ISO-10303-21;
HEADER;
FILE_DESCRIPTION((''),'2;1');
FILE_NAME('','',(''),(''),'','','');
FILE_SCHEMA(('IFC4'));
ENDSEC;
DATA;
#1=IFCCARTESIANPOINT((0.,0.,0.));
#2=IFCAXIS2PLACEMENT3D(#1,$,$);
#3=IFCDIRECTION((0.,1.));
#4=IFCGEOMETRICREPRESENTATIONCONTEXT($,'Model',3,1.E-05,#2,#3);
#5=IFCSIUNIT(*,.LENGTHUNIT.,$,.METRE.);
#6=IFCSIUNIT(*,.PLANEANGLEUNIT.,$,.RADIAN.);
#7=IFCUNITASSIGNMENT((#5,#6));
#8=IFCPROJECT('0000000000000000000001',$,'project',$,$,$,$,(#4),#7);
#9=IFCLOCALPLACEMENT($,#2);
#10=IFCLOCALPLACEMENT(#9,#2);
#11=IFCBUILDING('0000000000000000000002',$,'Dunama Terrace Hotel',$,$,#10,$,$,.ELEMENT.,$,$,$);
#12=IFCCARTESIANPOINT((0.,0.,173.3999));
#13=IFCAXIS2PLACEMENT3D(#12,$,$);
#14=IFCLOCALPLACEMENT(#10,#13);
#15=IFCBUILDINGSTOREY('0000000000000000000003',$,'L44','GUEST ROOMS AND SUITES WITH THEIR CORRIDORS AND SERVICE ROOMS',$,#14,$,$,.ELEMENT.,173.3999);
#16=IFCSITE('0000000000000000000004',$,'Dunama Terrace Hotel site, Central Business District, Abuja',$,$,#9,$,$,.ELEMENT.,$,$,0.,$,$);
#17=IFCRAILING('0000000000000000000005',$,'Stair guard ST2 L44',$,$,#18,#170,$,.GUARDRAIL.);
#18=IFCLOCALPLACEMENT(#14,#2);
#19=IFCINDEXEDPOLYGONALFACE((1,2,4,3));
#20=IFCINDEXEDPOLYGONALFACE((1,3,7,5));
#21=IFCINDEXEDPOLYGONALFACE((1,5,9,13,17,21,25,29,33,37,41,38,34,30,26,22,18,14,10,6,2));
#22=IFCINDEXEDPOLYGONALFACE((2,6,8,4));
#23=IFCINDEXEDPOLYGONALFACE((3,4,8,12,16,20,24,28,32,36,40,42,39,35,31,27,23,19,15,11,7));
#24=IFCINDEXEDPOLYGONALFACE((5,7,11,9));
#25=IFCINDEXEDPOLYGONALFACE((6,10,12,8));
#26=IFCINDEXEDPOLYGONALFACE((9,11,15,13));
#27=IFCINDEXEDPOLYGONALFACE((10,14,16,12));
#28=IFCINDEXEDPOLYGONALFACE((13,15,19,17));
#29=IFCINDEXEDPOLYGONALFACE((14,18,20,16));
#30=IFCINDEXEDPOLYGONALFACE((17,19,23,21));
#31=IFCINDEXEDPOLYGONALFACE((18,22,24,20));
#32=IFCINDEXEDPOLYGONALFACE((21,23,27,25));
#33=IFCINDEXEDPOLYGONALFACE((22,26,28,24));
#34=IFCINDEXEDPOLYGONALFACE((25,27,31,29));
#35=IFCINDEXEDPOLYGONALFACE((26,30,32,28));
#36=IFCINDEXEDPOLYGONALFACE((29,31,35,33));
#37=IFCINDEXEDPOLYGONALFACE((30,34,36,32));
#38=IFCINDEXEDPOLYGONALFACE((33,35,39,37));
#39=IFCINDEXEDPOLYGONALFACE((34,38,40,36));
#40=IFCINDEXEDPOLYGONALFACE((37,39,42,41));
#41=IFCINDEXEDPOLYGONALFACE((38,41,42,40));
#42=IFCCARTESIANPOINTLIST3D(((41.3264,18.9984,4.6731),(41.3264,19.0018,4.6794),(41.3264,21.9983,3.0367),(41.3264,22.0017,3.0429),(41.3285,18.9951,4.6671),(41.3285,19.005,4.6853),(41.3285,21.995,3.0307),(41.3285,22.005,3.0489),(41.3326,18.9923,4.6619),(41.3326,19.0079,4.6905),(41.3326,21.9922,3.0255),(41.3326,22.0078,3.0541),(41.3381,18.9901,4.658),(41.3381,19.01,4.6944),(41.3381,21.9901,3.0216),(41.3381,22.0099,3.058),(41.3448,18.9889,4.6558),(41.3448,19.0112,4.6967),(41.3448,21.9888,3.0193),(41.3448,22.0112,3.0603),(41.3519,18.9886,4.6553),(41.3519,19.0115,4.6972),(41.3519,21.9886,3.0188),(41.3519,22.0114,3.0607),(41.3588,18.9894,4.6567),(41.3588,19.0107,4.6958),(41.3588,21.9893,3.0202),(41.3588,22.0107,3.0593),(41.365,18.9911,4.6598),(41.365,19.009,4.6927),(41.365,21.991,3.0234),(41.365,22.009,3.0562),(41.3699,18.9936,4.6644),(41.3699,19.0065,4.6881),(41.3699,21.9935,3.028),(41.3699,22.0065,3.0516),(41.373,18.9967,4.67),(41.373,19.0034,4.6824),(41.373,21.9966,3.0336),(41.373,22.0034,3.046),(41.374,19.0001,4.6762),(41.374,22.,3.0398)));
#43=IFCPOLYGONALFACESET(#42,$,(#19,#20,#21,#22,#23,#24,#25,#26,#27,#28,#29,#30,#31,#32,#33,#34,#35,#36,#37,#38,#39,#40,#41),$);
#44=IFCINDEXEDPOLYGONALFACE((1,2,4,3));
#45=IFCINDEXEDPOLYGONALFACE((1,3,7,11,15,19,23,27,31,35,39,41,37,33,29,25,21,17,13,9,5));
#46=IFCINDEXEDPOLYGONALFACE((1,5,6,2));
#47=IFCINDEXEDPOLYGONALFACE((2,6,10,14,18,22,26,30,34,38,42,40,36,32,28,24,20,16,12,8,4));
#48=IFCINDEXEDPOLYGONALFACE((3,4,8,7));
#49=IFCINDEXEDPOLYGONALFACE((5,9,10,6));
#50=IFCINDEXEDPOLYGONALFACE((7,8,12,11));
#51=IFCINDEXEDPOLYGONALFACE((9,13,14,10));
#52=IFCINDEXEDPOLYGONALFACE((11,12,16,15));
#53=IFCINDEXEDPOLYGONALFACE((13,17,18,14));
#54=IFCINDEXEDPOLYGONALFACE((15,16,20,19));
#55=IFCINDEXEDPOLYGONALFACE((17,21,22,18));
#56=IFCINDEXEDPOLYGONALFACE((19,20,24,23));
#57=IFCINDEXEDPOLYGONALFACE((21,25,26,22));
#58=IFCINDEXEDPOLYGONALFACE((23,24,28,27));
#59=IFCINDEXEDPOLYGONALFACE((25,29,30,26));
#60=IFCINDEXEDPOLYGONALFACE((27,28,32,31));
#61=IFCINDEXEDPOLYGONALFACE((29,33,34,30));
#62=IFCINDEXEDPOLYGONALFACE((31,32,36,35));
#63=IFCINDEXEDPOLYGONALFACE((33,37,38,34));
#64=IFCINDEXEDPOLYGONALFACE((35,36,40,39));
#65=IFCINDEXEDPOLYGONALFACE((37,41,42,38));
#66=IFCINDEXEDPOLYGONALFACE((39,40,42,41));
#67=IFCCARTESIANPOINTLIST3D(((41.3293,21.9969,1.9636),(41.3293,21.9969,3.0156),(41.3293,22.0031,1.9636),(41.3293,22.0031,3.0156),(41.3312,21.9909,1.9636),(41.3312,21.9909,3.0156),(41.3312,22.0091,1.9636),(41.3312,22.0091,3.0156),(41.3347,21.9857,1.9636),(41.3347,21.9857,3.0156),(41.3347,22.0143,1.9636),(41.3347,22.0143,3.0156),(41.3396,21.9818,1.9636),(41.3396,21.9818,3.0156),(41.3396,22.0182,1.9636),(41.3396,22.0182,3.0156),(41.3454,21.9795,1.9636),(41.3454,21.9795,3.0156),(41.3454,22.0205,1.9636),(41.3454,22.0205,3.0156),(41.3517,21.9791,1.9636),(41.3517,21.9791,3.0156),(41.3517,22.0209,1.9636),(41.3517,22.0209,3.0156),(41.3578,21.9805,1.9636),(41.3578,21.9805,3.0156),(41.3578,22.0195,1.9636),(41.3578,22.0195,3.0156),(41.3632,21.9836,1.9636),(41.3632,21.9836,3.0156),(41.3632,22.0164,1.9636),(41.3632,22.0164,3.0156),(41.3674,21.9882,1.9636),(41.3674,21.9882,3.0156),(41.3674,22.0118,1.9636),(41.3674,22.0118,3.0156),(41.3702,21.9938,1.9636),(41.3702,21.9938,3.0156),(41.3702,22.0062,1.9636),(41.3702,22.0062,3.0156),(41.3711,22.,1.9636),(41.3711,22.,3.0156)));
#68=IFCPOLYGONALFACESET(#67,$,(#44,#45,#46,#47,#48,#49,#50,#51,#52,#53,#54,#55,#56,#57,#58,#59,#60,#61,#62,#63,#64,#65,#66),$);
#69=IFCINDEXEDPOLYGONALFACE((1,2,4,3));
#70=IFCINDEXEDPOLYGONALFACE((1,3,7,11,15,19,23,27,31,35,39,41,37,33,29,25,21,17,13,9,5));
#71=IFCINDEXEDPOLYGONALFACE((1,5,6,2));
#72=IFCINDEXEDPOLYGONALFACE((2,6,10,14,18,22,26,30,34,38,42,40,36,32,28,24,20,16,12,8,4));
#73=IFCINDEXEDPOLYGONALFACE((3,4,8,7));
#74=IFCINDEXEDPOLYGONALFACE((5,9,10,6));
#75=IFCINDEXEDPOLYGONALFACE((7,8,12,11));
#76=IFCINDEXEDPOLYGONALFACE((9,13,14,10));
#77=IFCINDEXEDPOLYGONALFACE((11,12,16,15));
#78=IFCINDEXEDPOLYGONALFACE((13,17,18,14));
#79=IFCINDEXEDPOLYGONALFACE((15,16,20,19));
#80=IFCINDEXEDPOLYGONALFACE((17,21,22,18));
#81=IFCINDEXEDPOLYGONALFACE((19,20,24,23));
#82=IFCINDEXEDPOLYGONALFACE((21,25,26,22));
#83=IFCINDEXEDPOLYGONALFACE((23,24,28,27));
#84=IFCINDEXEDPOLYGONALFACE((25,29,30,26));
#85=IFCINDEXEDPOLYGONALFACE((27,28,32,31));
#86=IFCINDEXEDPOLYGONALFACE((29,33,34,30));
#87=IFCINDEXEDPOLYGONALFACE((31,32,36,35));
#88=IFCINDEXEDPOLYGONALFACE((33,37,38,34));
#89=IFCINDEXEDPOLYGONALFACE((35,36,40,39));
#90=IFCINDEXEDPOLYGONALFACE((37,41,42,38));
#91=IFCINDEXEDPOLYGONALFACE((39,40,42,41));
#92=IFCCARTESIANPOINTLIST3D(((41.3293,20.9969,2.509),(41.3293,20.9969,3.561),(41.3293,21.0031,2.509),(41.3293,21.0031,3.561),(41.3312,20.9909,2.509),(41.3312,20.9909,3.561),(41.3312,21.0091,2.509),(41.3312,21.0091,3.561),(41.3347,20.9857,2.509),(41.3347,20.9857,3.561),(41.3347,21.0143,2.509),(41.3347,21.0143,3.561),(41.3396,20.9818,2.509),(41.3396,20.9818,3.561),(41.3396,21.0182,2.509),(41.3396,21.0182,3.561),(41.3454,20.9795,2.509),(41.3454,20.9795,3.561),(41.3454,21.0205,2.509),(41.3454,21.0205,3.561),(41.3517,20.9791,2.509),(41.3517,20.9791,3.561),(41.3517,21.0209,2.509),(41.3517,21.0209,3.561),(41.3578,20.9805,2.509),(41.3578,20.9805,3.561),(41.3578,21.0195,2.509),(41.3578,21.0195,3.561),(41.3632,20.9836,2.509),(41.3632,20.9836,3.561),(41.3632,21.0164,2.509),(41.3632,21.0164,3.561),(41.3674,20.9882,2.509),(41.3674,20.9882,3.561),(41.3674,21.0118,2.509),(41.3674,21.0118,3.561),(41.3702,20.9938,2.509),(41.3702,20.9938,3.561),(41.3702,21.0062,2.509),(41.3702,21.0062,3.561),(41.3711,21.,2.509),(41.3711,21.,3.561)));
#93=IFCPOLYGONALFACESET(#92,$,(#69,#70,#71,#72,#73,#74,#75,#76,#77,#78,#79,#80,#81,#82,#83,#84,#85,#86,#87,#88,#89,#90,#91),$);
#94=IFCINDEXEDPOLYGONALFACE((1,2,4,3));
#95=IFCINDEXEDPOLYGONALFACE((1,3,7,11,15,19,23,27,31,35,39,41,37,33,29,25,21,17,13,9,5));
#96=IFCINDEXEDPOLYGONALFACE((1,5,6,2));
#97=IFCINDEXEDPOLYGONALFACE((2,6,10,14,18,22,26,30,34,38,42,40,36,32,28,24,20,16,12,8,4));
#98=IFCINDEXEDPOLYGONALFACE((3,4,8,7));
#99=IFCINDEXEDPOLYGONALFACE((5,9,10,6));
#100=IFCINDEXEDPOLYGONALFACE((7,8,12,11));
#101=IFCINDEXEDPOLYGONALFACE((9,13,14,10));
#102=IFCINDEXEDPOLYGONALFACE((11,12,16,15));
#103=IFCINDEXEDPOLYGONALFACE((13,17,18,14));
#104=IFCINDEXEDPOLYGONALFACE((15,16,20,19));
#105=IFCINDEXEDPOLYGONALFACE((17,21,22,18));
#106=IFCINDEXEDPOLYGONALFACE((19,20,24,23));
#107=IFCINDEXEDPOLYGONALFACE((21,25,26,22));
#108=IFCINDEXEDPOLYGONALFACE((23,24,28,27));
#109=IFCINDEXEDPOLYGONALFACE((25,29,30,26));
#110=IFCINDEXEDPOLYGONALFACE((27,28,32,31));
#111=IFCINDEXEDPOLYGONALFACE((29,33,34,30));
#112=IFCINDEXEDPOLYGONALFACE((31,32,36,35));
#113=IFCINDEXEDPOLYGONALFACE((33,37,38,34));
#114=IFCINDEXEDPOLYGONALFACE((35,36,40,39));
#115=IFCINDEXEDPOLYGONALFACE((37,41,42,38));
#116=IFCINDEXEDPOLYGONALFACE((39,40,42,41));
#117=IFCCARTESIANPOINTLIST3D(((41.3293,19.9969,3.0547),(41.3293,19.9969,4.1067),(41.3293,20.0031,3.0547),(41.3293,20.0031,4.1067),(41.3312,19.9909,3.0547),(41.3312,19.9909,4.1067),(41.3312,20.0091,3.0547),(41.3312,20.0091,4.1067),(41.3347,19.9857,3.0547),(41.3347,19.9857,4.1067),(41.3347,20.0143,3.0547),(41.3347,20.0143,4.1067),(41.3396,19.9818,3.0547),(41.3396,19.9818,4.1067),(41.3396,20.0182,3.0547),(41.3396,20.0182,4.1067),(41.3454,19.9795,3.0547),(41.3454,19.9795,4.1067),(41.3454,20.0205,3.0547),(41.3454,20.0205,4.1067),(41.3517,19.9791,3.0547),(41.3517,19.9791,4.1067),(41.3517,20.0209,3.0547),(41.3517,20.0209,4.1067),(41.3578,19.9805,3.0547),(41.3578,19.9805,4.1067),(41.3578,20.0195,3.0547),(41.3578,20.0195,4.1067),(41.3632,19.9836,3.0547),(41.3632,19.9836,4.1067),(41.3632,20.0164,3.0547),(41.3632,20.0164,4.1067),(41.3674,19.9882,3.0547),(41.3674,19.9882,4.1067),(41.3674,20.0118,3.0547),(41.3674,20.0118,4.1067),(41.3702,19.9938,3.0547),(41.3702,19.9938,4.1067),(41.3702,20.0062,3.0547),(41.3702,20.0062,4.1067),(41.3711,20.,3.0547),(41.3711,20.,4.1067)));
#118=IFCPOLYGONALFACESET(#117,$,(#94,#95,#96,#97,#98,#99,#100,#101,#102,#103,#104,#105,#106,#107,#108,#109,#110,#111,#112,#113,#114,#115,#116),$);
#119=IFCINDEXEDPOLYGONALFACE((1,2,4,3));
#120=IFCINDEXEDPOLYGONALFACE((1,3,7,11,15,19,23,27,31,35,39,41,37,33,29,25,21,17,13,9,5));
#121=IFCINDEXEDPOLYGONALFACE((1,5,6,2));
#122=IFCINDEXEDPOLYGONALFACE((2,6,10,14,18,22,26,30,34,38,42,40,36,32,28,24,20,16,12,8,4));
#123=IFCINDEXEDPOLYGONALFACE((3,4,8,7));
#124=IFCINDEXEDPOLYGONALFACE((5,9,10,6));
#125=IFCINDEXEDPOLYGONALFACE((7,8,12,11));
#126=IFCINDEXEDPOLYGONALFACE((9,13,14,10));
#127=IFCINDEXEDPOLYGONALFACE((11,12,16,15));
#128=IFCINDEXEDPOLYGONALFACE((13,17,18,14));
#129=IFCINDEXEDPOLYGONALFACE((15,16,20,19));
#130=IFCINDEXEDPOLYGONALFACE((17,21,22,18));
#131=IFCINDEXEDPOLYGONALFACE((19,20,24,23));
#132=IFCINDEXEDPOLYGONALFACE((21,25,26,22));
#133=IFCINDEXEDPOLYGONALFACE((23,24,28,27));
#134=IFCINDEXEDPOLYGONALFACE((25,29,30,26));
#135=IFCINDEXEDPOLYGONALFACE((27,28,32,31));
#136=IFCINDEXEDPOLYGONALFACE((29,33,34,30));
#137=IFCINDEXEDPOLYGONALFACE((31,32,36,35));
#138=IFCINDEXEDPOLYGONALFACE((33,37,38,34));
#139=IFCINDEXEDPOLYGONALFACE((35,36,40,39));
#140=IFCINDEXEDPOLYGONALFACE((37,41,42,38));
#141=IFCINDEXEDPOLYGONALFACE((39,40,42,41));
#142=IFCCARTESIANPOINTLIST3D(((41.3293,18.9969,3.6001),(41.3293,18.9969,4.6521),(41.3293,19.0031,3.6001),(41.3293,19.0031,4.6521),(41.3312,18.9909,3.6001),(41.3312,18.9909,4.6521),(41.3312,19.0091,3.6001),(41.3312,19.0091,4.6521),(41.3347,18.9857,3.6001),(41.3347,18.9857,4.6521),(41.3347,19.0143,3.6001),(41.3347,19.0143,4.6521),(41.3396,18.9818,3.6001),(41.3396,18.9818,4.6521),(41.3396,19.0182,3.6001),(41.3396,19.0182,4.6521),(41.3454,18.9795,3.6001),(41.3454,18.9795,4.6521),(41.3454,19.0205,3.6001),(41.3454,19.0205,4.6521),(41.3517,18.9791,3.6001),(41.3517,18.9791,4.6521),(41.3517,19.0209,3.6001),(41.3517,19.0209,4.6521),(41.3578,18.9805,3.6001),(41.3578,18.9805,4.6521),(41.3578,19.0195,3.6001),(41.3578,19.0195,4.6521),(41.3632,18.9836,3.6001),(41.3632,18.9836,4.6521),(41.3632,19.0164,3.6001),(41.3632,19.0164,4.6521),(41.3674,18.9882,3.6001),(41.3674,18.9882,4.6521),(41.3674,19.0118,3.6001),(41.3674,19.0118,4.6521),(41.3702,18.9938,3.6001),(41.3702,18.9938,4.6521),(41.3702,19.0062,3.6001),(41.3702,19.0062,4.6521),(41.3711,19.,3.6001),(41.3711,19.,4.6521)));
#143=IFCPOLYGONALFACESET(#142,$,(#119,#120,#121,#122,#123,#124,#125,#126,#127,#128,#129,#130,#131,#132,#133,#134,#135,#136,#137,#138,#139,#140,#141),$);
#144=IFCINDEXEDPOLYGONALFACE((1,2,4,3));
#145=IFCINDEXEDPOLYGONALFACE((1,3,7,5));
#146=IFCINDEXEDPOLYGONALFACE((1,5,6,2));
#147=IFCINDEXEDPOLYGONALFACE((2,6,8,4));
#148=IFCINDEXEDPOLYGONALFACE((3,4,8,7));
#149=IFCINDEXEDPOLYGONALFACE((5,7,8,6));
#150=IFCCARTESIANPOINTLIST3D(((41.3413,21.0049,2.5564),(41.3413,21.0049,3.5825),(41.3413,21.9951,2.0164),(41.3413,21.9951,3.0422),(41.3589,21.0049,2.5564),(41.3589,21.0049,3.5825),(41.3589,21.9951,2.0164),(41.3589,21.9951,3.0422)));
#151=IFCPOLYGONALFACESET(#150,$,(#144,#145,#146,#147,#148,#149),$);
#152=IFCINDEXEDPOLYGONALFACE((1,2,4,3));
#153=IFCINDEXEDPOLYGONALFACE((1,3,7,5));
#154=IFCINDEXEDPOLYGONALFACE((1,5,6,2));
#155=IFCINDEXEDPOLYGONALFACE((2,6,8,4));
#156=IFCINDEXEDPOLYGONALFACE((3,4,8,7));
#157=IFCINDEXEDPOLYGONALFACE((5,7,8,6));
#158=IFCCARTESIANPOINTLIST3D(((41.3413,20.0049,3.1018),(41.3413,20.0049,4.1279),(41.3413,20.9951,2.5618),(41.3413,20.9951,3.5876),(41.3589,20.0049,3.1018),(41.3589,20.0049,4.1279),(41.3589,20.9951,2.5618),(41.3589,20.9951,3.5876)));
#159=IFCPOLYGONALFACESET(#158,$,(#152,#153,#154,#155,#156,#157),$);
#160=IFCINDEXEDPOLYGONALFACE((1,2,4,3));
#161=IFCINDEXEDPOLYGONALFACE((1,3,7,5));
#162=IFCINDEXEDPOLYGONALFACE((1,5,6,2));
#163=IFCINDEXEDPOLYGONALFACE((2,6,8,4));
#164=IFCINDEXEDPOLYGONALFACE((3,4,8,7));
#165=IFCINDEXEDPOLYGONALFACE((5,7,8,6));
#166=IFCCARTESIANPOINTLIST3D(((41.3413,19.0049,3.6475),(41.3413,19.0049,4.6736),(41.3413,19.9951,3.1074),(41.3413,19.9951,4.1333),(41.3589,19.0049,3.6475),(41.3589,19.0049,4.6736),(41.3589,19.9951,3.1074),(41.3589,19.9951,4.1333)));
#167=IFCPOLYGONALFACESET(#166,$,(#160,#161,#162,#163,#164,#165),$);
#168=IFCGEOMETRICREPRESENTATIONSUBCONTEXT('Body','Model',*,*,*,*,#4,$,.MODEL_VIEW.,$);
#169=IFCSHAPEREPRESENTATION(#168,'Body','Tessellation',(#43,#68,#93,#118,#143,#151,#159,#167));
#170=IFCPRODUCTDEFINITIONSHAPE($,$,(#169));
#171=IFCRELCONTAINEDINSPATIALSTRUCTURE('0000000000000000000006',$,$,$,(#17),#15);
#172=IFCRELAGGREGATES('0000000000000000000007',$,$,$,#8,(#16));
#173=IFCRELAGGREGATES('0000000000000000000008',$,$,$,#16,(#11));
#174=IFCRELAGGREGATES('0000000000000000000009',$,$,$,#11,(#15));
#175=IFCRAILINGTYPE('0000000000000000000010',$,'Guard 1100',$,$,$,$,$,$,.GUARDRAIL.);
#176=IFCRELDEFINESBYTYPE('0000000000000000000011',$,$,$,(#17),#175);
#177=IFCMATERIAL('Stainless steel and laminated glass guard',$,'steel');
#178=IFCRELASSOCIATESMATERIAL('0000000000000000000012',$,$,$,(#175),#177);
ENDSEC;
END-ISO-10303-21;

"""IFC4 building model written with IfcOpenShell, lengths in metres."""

from ifc_helpers import new_model, si_unit, direction, frame, origin, origin_2d, place, context, subcontext, project, spatial, polyline, circle, outline, extrude, material, type_object, element, save


model = new_model("IFC4")

# Units and contexts
model_context = context("Model", 3, precision=1e-05, world=origin(), true_north=direction((0.0, 1.0)))
body_context = subcontext(model_context, "Body", "Model", "MODEL_VIEW")
ifc_project = project(units=[si_unit("LENGTHUNIT", "METRE"), si_unit("PLANEANGLEUNIT", "RADIAN")], contexts=[model_context])

# Site, building, storey
site_placement = place(None, origin())
site = spatial("IfcSite", under=ifc_project, at=site_placement, Name="Dunama Terrace Hotel site, Central Business District, Abuja", CompositionType="ELEMENT", RefElevation=0.0)
building_placement = place(site_placement, origin())
building = spatial("IfcBuilding", under=site, at=building_placement, Name="Dunama Terrace Hotel", CompositionType="ELEMENT")
storey_placement = place(building_placement, frame((0.0, 0.0, 173.3999)))
storey = spatial("IfcBuildingStorey", under=building, at=storey_placement, Name="L44", Description="GUEST ROOMS AND SUITES WITH THEIR CORRIDORS AND SERVICE ROOMS", CompositionType="ELEMENT", Elevation=173.3999)

# Railing
ifc_material_1 = material(Name="Stainless steel and laminated glass guard", Category="steel")
railing_type_1 = type_object("IfcRailingType", Name="Guard 1100", PredefinedType="GUARDRAIL", material=ifc_material_1)
railing_1_placement = place(storey_placement, frame((41.3501, 22.0, 1.9636)))
element("IfcRailing", 1, at=railing_1_placement, inside=storey, type_object=railing_type_1, Name="Stair guard ST2 L44", PredefinedType="GUARDRAIL", context=body_context, shape_type="SweptSolid", body=[
    extrude(circle(Radius=0.0239, at=origin_2d()), frame((0.0, 0.0, 1.0762), z_axis=(0.0, -0.877882, 0.478877), x_axis=(1.0, 0.0, 0.0)), (0.0, 0.0, 1.0), 3.4172),
    extrude(circle(Radius=0.021, at=origin_2d()), origin(), (0.0, 0.0, 1.0), 1.052),
    extrude(circle(Radius=0.021, at=origin_2d()), frame((0.0, -1.0, 0.5454)), (0.0, 0.0, 1.0), 1.052),
    extrude(circle(Radius=0.021, at=origin_2d()), frame((0.0, -2.0, 1.0911)), (0.0, 0.0, 1.0), 1.052),
    extrude(circle(Radius=0.021, at=origin_2d()), frame((0.0, -3.0, 1.6365)), (0.0, 0.0, 1.0), 1.052),
    extrude(outline(polyline([(0.0049, 0.0527), (0.9951, 0.5928), (0.9951, 1.6189), (0.0049, 1.0786), (0.0049, 0.0527)])), frame((0.0088, 0.0, 0.0), z_axis=(-1.0, 0.0, 0.0), x_axis=(0.0, -1.0, 0.0)), (0.0, 0.0, 1.0), 0.0176),
    extrude(outline(polyline([(0.0049, 0.0527), (0.9951, 0.5928), (0.9951, 1.6189), (0.0049, 1.0786), (0.0049, 0.0527)])), frame((0.0088, -1.0, 0.5454), z_axis=(-1.0, 0.0, 0.0), x_axis=(0.0, -1.0, 0.0)), (0.0, 0.0, 1.0), 0.0176),
    extrude(outline(polyline([(0.0049, 0.0527), (0.9951, 0.5928), (0.9951, 1.6189), (0.0049, 1.0786), (0.0049, 0.0527)])), frame((0.0088, -2.0, 1.0911), z_axis=(-1.0, 0.0, 0.0), x_axis=(0.0, -1.0, 0.0)), (0.0, 0.0, 1.0), 0.0176),
])

save(model, "model.ifc")
